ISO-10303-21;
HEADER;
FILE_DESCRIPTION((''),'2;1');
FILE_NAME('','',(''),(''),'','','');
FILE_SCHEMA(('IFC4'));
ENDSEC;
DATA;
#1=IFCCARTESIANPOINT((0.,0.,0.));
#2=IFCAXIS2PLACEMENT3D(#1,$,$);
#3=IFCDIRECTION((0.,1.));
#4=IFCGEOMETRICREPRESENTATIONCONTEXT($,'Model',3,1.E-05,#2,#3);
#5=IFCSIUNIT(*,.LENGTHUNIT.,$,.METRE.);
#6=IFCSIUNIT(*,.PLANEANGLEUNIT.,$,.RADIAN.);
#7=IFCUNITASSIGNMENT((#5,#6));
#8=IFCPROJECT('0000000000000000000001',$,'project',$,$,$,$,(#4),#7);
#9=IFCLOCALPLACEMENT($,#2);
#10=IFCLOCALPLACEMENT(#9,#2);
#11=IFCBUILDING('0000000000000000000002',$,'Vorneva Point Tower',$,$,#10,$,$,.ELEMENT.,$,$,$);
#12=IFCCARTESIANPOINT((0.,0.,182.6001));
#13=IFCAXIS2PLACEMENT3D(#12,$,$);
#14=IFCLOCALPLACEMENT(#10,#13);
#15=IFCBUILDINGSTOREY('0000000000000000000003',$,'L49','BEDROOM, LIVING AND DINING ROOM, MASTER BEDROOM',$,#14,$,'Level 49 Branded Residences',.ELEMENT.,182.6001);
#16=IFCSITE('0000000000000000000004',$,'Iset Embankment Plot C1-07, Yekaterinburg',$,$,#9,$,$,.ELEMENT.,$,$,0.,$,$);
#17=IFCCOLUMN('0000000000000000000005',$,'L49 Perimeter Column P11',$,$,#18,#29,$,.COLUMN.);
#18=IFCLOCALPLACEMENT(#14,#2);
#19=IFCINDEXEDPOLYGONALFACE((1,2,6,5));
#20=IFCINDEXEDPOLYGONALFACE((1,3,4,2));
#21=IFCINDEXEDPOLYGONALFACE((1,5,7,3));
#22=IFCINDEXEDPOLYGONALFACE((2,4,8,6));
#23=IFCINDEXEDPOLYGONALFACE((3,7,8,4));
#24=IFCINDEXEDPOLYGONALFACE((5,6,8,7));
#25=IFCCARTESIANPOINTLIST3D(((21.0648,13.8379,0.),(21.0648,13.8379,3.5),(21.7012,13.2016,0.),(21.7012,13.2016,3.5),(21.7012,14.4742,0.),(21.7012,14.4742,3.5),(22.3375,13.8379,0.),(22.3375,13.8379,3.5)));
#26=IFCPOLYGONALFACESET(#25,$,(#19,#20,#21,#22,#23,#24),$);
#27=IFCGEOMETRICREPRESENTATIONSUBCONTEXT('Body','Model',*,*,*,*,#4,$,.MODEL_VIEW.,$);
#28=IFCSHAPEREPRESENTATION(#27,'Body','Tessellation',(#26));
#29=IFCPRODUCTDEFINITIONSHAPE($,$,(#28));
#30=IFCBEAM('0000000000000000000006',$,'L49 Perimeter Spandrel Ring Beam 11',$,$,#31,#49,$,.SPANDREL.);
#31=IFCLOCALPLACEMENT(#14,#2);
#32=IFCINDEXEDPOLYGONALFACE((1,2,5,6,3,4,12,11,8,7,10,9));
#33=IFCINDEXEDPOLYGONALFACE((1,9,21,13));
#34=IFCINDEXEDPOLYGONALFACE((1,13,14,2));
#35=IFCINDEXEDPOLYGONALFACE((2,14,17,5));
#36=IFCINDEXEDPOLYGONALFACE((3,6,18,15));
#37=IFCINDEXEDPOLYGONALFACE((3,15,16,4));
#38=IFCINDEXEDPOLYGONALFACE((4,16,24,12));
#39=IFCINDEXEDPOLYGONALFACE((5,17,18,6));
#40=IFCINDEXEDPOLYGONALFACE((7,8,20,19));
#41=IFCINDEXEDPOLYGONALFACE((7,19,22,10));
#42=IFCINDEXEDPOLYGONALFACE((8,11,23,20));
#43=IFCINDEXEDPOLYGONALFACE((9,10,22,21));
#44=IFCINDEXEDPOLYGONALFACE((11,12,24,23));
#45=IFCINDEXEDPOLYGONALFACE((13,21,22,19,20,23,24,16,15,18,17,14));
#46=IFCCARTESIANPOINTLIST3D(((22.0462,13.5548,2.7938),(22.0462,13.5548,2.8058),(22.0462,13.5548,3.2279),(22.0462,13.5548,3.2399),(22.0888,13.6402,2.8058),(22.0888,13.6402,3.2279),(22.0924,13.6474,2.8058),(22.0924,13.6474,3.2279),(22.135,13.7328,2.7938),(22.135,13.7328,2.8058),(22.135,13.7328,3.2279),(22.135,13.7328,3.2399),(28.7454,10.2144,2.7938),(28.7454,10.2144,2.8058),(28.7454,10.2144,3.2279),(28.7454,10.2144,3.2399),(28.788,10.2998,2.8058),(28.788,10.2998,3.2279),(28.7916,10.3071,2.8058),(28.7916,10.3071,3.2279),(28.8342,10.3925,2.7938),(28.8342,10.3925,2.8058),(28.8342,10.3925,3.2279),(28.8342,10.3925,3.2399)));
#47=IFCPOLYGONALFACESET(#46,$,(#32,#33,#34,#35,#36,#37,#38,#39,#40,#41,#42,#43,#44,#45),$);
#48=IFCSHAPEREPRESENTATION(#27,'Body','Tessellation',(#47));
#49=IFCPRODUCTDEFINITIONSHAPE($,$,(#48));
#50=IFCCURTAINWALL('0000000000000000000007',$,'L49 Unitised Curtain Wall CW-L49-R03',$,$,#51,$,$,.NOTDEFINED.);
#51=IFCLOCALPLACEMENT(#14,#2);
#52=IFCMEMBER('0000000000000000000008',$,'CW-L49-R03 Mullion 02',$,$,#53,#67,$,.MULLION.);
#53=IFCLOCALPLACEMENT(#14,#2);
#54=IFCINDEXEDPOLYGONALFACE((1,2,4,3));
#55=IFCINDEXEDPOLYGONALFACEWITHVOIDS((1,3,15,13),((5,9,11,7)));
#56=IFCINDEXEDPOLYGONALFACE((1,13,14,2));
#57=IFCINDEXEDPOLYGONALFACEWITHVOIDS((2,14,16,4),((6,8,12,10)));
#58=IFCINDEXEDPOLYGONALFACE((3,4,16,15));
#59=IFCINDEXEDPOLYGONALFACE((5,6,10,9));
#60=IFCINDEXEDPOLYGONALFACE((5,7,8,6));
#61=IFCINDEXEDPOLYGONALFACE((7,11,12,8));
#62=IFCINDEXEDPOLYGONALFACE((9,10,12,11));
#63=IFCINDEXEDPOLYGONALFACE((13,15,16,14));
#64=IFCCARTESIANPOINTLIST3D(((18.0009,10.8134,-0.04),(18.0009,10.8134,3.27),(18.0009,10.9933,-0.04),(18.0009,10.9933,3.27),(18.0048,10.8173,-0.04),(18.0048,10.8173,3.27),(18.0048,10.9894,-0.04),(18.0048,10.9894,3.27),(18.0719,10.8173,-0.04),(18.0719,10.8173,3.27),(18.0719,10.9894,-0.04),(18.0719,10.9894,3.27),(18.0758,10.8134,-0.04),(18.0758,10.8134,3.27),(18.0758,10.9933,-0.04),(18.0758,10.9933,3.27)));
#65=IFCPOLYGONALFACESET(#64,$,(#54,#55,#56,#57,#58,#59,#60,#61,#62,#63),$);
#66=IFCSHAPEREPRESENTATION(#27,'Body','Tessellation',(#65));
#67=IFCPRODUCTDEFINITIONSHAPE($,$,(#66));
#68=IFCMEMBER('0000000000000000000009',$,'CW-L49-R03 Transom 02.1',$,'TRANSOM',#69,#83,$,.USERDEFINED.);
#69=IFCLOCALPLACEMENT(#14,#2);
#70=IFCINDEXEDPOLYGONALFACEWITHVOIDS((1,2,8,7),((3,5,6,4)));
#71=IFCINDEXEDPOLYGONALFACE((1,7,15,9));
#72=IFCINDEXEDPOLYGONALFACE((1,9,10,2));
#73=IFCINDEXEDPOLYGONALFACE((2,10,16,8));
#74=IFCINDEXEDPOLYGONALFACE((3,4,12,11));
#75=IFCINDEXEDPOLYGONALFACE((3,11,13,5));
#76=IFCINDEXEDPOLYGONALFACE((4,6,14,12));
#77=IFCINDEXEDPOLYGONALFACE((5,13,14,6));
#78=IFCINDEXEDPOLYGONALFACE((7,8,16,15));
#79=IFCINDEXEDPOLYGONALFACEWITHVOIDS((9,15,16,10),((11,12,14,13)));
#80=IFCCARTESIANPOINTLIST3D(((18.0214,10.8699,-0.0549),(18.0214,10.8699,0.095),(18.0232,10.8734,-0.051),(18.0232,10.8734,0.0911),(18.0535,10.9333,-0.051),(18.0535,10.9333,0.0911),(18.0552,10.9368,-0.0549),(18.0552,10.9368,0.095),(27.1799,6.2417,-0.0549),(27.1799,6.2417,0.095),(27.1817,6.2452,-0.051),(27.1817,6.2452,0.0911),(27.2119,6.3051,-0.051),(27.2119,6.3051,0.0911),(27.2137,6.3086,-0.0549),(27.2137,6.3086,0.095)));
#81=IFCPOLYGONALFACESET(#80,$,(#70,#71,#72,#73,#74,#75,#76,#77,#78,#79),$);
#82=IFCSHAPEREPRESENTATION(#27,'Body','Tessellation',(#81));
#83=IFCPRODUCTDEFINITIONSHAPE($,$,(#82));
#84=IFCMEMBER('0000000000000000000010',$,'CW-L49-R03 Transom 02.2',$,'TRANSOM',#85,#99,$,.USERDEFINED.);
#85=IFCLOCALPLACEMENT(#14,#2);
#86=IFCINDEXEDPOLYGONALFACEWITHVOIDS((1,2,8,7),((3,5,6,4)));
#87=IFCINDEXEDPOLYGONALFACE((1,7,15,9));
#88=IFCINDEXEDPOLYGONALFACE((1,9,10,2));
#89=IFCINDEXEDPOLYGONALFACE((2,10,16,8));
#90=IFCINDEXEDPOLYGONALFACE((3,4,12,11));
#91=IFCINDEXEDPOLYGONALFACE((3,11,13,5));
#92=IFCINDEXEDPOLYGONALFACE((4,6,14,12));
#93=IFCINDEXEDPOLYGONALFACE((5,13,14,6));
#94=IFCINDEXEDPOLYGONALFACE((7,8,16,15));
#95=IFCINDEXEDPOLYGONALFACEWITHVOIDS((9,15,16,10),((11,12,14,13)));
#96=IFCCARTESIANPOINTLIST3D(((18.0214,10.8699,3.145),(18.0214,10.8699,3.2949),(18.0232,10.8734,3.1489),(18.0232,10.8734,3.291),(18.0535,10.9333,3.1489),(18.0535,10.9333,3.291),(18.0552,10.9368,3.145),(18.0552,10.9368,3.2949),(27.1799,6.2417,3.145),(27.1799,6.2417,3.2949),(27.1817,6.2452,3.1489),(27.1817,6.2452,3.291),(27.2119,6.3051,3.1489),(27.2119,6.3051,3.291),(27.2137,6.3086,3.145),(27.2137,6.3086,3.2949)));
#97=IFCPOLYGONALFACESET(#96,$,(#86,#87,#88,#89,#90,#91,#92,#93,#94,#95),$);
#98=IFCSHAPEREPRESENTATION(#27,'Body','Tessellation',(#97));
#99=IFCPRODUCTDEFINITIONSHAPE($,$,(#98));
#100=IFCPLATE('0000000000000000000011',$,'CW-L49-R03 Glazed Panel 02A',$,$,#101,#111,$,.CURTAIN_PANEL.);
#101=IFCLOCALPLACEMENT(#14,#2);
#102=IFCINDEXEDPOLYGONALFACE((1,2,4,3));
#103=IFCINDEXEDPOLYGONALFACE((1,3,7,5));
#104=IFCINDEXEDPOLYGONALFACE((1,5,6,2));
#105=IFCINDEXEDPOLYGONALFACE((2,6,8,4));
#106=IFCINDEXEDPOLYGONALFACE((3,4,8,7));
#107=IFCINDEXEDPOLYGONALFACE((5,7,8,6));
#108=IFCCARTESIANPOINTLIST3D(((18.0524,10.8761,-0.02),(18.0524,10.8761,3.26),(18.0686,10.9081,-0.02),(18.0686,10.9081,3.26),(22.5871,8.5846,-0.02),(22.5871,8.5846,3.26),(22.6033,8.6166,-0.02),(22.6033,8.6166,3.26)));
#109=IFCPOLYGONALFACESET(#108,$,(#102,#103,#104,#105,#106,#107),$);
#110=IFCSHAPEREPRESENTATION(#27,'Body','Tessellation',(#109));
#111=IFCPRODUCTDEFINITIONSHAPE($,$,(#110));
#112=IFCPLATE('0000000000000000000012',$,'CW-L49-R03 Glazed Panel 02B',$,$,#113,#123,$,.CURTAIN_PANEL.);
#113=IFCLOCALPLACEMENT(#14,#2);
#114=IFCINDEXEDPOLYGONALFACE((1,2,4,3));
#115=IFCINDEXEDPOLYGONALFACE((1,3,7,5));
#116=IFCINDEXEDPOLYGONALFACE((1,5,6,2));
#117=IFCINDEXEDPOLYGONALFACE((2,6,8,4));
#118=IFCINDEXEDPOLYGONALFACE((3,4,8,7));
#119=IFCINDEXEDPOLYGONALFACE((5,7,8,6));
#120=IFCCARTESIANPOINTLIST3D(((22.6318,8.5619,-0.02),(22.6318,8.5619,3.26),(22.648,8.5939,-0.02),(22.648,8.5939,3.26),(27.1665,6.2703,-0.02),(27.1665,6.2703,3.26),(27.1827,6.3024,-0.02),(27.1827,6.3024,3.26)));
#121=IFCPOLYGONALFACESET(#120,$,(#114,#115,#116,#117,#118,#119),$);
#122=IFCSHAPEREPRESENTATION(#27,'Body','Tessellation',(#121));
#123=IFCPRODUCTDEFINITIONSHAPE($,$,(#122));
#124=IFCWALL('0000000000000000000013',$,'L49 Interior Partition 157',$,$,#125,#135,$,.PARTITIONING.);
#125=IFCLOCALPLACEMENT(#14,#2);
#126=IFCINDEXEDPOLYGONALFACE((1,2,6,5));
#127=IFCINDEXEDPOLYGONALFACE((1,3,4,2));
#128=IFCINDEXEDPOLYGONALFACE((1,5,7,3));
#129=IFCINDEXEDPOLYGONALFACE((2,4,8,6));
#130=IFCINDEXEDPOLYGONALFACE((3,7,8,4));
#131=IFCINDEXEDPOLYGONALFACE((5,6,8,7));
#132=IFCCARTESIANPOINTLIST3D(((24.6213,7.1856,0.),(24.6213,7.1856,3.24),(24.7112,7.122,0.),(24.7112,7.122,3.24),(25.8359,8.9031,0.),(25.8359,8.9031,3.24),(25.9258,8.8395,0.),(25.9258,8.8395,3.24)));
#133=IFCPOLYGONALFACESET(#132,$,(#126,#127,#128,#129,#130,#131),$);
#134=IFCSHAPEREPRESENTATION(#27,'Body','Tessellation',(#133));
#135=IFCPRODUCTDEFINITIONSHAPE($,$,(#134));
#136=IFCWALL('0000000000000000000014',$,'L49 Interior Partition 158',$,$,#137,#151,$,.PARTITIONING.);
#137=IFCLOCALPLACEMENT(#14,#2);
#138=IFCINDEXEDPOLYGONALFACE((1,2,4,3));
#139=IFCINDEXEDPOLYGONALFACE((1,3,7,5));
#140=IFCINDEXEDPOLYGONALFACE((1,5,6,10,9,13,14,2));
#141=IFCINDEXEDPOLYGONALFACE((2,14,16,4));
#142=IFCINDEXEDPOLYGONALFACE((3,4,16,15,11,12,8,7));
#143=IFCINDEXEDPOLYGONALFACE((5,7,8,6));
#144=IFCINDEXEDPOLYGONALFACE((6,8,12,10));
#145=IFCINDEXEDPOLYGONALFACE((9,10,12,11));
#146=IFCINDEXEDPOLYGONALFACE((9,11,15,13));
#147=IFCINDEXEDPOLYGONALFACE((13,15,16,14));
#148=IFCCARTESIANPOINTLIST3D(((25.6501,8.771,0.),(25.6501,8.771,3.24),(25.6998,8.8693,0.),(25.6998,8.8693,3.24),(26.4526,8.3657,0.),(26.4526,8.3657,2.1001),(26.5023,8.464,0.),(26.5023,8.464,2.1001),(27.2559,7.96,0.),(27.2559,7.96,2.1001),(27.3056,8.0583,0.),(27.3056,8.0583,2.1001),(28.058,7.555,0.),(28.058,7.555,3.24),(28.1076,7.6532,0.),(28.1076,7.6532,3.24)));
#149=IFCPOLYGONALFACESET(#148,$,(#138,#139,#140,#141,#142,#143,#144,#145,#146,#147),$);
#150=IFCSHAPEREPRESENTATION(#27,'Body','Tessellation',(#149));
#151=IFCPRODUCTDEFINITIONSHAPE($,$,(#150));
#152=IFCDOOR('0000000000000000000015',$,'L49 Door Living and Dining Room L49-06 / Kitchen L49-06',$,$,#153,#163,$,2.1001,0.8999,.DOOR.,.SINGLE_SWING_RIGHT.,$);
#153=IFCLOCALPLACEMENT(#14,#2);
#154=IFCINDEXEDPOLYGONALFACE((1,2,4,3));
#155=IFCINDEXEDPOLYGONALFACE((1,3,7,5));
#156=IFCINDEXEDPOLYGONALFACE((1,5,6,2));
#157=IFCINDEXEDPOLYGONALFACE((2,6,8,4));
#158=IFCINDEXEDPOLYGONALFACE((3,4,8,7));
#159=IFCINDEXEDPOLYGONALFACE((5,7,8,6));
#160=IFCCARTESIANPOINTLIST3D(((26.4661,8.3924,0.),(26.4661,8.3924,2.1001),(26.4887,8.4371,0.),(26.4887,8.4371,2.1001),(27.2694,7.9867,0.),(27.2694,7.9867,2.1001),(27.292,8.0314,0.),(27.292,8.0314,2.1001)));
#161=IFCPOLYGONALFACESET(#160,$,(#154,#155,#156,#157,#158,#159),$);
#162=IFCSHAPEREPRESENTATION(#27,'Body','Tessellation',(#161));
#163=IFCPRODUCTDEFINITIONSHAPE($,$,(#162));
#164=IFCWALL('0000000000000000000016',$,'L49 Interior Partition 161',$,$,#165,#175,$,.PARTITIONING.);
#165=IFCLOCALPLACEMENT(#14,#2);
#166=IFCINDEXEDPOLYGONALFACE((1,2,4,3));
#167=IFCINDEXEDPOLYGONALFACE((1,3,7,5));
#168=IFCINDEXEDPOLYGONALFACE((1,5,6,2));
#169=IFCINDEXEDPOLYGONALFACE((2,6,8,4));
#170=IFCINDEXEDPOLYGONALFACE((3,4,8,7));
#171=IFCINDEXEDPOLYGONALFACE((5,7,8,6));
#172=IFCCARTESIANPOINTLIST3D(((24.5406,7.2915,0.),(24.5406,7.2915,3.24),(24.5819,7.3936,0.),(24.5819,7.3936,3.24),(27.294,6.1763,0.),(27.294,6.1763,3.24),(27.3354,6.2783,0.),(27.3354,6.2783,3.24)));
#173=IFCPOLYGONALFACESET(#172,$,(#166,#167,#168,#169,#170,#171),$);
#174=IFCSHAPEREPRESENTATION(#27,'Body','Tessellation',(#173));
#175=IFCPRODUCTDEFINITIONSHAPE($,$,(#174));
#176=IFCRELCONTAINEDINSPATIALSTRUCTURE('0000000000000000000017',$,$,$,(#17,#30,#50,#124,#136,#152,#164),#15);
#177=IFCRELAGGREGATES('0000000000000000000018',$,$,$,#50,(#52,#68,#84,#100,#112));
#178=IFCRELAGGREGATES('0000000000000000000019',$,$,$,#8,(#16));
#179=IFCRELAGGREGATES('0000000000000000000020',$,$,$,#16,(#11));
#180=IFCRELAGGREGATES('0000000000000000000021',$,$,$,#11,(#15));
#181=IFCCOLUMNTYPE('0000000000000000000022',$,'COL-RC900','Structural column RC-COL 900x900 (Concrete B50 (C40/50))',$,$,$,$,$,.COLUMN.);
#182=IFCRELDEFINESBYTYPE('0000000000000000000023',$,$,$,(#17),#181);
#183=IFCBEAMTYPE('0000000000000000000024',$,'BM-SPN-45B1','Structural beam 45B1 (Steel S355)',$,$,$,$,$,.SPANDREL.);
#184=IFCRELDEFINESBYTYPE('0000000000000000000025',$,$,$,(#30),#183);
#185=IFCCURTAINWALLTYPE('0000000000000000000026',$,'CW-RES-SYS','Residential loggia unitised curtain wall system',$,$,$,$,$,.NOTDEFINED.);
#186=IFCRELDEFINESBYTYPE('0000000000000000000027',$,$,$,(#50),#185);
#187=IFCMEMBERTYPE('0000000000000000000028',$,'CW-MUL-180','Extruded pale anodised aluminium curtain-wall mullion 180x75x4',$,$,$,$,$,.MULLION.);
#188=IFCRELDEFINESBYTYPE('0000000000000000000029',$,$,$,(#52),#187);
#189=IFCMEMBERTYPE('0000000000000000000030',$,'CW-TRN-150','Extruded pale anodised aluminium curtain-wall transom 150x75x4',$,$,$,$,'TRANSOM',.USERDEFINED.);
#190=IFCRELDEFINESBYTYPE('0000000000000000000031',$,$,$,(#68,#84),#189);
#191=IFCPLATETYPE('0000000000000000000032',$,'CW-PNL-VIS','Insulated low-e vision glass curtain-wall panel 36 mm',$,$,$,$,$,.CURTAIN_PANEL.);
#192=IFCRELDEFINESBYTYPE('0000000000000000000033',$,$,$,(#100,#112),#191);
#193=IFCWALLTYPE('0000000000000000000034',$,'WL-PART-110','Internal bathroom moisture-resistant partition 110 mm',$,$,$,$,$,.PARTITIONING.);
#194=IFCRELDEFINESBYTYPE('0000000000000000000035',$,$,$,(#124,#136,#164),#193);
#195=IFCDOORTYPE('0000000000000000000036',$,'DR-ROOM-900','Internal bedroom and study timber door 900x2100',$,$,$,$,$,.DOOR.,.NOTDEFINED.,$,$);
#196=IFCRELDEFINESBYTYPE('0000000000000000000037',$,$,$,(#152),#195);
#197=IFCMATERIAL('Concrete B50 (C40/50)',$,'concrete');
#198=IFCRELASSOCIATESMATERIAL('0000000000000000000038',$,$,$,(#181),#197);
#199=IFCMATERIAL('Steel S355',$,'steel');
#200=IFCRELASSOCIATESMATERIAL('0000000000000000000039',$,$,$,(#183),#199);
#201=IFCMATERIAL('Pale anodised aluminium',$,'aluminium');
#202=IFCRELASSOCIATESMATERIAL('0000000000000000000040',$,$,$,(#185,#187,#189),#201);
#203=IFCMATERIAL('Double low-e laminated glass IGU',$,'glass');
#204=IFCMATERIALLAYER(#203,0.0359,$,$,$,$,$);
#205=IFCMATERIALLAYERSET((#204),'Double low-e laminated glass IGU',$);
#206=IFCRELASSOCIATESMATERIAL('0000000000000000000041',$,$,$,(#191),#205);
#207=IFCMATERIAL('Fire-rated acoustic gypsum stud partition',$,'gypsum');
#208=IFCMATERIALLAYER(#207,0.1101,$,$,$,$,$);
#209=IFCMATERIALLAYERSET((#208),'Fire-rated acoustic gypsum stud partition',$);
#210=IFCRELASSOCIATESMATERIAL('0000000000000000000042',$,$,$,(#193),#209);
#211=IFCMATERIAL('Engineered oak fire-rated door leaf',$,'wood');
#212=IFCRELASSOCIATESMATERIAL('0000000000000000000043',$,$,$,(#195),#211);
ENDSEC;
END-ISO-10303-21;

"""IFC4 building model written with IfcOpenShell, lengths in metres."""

from ifc_helpers import new_model, si_unit, direction, frame, frame_2d, origin, origin_2d, place, context, subcontext, project, spatial, rectangle, hollow_rectangle, i_section, extrude, material, layer, layer_set, material_profile, profile_set, type_object, element, fill, aggregate, save


model = new_model("IFC4")

# Units and contexts
model_context = context("Model", 3, precision=1e-05, world=origin(), true_north=direction((0.0, 1.0)))
body_context = subcontext(model_context, "Body", "Model", "MODEL_VIEW")
ifc_project = project(units=[si_unit("LENGTHUNIT", "METRE"), si_unit("PLANEANGLEUNIT", "RADIAN")], contexts=[model_context])

# Site, building, storey
site_placement = place(None, origin())
site = spatial("IfcSite", under=ifc_project, at=site_placement, Name="Iset Embankment Plot C1-07, Yekaterinburg", CompositionType="ELEMENT", RefElevation=0.0)
building_placement = place(site_placement, origin())
building = spatial("IfcBuilding", under=site, at=building_placement, Name="Vorneva Point Tower", CompositionType="ELEMENT")
storey_placement = place(building_placement, frame((0.0, 0.0, 182.6001)))
storey = spatial("IfcBuildingStorey", under=building, at=storey_placement, Name="L49", Description="BEDROOM, LIVING AND DINING ROOM, MASTER BEDROOM", LongName="Level 49 Branded Residences", CompositionType="ELEMENT", Elevation=182.6001)

# Column
ifc_material_1 = material(Name="Concrete B50 (C40/50)", Category="concrete")
ifc_material_profile_1 = material_profile(ifc_material_1, rectangle(XDim=0.8999, YDim=0.8999, at=origin_2d()), Name="RC-COL 900x900")
ifc_profile_set_1 = profile_set([ifc_material_profile_1], Name="Concrete B50 (C40/50)")
column_type = type_object("IfcColumnType", Name="COL-RC900", Description="Structural column RC-COL 900x900 (Concrete B50 (C40/50))", PredefinedType="COLUMN", material=ifc_profile_set_1)
column_placement = place(storey_placement, frame((21.7012, 13.8379, 0.0), z_axis=(0.0, 0.0, 1.0), x_axis=(-0.707107, -0.707107, 0.0)))
element("IfcColumn", 1, at=column_placement, inside=storey, type_object=column_type, Name="L49 Perimeter Column P11", PredefinedType="COLUMN", context=body_context, shape_type="SweptSolid", body=[
    extrude(rectangle(XDim=0.8999, YDim=0.8999, at=origin_2d()), origin(), (0.0, 0.0, 1.0), 3.5),
])

# Beam
ifc_material_2 = material(Name="Steel S355", Category="steel")
ifc_material_profile_2 = material_profile(ifc_material_2, i_section(OverallWidth=0.199, OverallDepth=0.446, WebThickness=0.0081, FlangeThickness=0.012, at=origin_2d()), Name="45B1")
ifc_profile_set_2 = profile_set([ifc_material_profile_2], Name="Steel S355")
beam_type = type_object("IfcBeamType", Name="BM-SPN-45B1", Description="Structural beam 45B1 (Steel S355)", PredefinedType="SPANDREL", material=ifc_profile_set_2)
beam_placement = place(storey_placement, frame((22.0906, 13.6438, 3.0168), z_axis=(0.894922, -0.446222, 0.0), x_axis=(0.446222, 0.894922, 0.0)))
element("IfcBeam", 2, at=beam_placement, inside=storey, type_object=beam_type, Name="L49 Perimeter Spandrel Ring Beam 11", PredefinedType="SPANDREL", context=body_context, shape_type="SweptSolid", body=[
    extrude(i_section(OverallWidth=0.199, OverallDepth=0.446, WebThickness=0.0081, FlangeThickness=0.012, at=origin_2d()), origin(), (0.0, 0.0, 1.0), 7.4858),
])

# Curtain wall, members, plates
ifc_material_3 = material(Name="Pale anodised aluminium", Category="aluminium")
curtain_wall_type = type_object("IfcCurtainWallType", Name="CW-RES-SYS", Description="Residential loggia unitised curtain wall system", PredefinedType="NOTDEFINED", material=ifc_material_3)
curtain_wall_placement = place(storey_placement, origin())
curtain_wall = element("IfcCurtainWall", 3, at=curtain_wall_placement, inside=storey, type_object=curtain_wall_type, Name="L49 Unitised Curtain Wall CW-L49-R03", PredefinedType="NOTDEFINED")
ifc_material_profile_3 = material_profile(ifc_material_3, hollow_rectangle(XDim=0.075, YDim=0.1799, WallThickness=0.0039, at=origin_2d()), Name="AL-MUL 180x75x4")
ifc_profile_set_3 = profile_set([ifc_material_profile_3], Name="Pale anodised aluminium")
member_type_1 = type_object("IfcMemberType", Name="CW-MUL-180", Description="Extruded pale anodised aluminium curtain-wall mullion 180x75x4", PredefinedType="MULLION", material=ifc_profile_set_3)
member_1_placement = place(storey_placement, frame((18.0383, 10.9033, -0.04), z_axis=(0.0, 0.0, 1.0), x_axis=(1.0, 0.0, 0.0)))
member_1 = element("IfcMember", 4, at=member_1_placement, type_object=member_type_1, Name="CW-L49-R03 Mullion 02", PredefinedType="MULLION", context=body_context, shape_type="SweptSolid", body=[
    extrude(hollow_rectangle(XDim=0.075, YDim=0.1799, WallThickness=0.0039, at=origin_2d()), origin(), (0.0, 0.0, 1.0), 3.3101),
])
ifc_material_profile_4 = material_profile(ifc_material_3, hollow_rectangle(XDim=0.075, YDim=0.1499, WallThickness=0.0039, at=origin_2d()), Name="AL-TRN 150x75x4")
ifc_profile_set_4 = profile_set([ifc_material_profile_4], Name="Pale anodised aluminium")
member_type_2 = type_object("IfcMemberType", Name="CW-TRN-150", Description="Extruded pale anodised aluminium curtain-wall transom 150x75x4", ElementType="TRANSOM", PredefinedType="USERDEFINED", material=ifc_profile_set_4)
member_2_placement = place(storey_placement, frame((18.0383, 10.9033, 0.02), z_axis=(0.892511, -0.451026, 0.0), x_axis=(0.451026, 0.892511, 0.0)))
member_2 = element("IfcMember", 5, at=member_2_placement, type_object=member_type_2, Name="CW-L49-R03 Transom 02.1", ObjectType="TRANSOM", PredefinedType="USERDEFINED", context=body_context, shape_type="SweptSolid", body=[
    extrude(hollow_rectangle(XDim=0.075, YDim=0.1499, WallThickness=0.0039, at=origin_2d()), origin(), (0.0, 0.0, 1.0), 10.2615),
])
member_3_placement = place(storey_placement, frame((18.0383, 10.9033, 3.22), z_axis=(0.892511, -0.451026, 0.0), x_axis=(0.451026, 0.892511, 0.0)))
member_3 = element("IfcMember", 6, at=member_3_placement, type_object=member_type_2, Name="CW-L49-R03 Transom 02.2", ObjectType="TRANSOM", PredefinedType="USERDEFINED", context=body_context, shape_type="SweptSolid", body=[
    extrude(hollow_rectangle(XDim=0.075, YDim=0.1499, WallThickness=0.0039, at=origin_2d()), origin(), (0.0, 0.0, 1.0), 10.2615),
])
ifc_material_4 = material(Name="Double low-e laminated glass IGU", Category="glass")
ifc_layer_1 = layer(ifc_material_4, 0.0359)
ifc_layer_set_1 = layer_set([ifc_layer_1], Name="Double low-e laminated glass IGU")
plate_type = type_object("IfcPlateType", Name="CW-PNL-VIS", Description="Insulated low-e vision glass curtain-wall panel 36 mm", PredefinedType="CURTAIN_PANEL", material=ifc_layer_set_1)
plate_1_placement = place(storey_placement, frame((20.3279, 9.7463, -0.02), z_axis=(0.0, 0.0, 1.0), x_axis=(0.892515, -0.451018, 0.0)))
plate_1 = element("IfcPlate", 7, at=plate_1_placement, type_object=plate_type, Name="CW-L49-R03 Glazed Panel 02A", PredefinedType="CURTAIN_PANEL", context=body_context, shape_type="SweptSolid", body=[
    extrude(rectangle(XDim=5.0808, YDim=0.0359, at=origin_2d()), origin(), (0.0, 0.0, 1.0), 3.28),
])
plate_2_placement = place(storey_placement, frame((24.9072, 7.4321, -0.02), z_axis=(0.0, 0.0, 1.0), x_axis=(0.892515, -0.451018, 0.0)))
plate_2 = element("IfcPlate", 8, at=plate_2_placement, type_object=plate_type, Name="CW-L49-R03 Glazed Panel 02B", PredefinedType="CURTAIN_PANEL", context=body_context, shape_type="SweptSolid", body=[
    extrude(rectangle(XDim=5.0808, YDim=0.0359, at=origin_2d()), origin(), (0.0, 0.0, 1.0), 3.28),
])
aggregate(curtain_wall, [member_1, member_2, member_3, plate_1, plate_2])

# Wall
ifc_material_5 = material(Name="Fire-rated acoustic gypsum stud partition", Category="gypsum")
ifc_layer_2 = layer(ifc_material_5, 0.1101)
ifc_layer_set_2 = layer_set([ifc_layer_2], Name="Fire-rated acoustic gypsum stud partition")
wall_type_1 = type_object("IfcWallType", Name="WL-PART-110", Description="Internal bathroom moisture-resistant partition 110 mm", PredefinedType="PARTITIONING", material=ifc_layer_set_2)
wall_1_placement = place(storey_placement, frame((24.6663, 7.1538, 0.0), z_axis=(0.0, 0.0, 1.0), x_axis=(0.577389, 0.816469, 0.0)))
element("IfcWall", 9, at=wall_1_placement, inside=storey, type_object=wall_type_1, Name="L49 Interior Partition 157", PredefinedType="PARTITIONING", context=body_context, shape_type="SweptSolid", body=[
    extrude(rectangle(XDim=2.1035, YDim=0.1101, at=frame_2d((1.0518, 0.0))), origin(), (0.0, 0.0, 1.0), 3.24),
])

# Wall, opening, door
wall_2_placement = place(storey_placement, frame((25.675, 8.8201, 0.0), z_axis=(0.0, 0.0, 1.0), x_axis=(0.892628, -0.450794, 0.0)))
wall_2 = element("IfcWall", 10, at=wall_2_placement, inside=storey, type_object=wall_type_1, Name="L49 Interior Partition 158", PredefinedType="PARTITIONING", context=body_context, shape_type="SweptSolid", body=[
    extrude(rectangle(XDim=2.6975, YDim=0.1101, at=frame_2d((1.3486, 0.0))), origin(), (0.0, 0.0, 1.0), 3.24),
])
opening_1_placement = place(wall_2_placement, frame((0.8989, 0.0, 0.0)))
opening_1 = element("IfcOpeningElement", 11, at=opening_1_placement, cuts=wall_2, PredefinedType="OPENING", context=body_context, shape_type="SweptSolid", body=[
    extrude(rectangle(XDim=0.8999, YDim=2.1001, at=frame_2d((0.45, 1.05))), frame((0.0, 0.0698, 0.0), z_axis=(0.0, -1.0, 0.0), x_axis=(1.0, 0.0, 0.0)), (0.0, 0.0, 1.0), 0.1399),
])
ifc_material_6 = material(Name="Engineered oak fire-rated door leaf", Category="wood")
door_type_1 = type_object("IfcDoorType", Name="DR-ROOM-900", Description="Internal bedroom and study timber door 900x2100", OperationType="NOTDEFINED", PredefinedType="DOOR", material=ifc_material_6)
door_1_placement = place(opening_1_placement, origin())
door_1 = element("IfcDoor", 12, at=door_1_placement, inside=storey, type_object=door_type_1, Name="L49 Door Living and Dining Room L49-06 / Kitchen L49-06", OperationType="SINGLE_SWING_RIGHT", OverallHeight=2.1001, OverallWidth=0.8999, PredefinedType="DOOR", context=body_context, shape_type="SweptSolid", body=[
    extrude(rectangle(XDim=0.8999, YDim=2.1001, at=frame_2d((0.45, 1.05))), frame((0.0, 0.0249, 0.0), z_axis=(0.0, -1.0, 0.0), x_axis=(1.0, 0.0, 0.0)), (0.0, 0.0, 1.0), 0.05),
])
fill(opening_1, door_1)

# Wall
wall_3_placement = place(storey_placement, frame((24.5613, 7.3425, 0.0), z_axis=(0.0, 0.0, 1.0), x_axis=(0.926858, -0.375411, 0.0)))
element("IfcWall", 13, at=wall_3_placement, inside=storey, type_object=wall_type_1, Name="L49 Interior Partition 161", PredefinedType="PARTITIONING", context=body_context, shape_type="SweptSolid", body=[
    extrude(rectangle(XDim=2.9707, YDim=0.1101, at=frame_2d((1.4854, 0.0))), origin(), (0.0, 0.0, 1.0), 3.24),
])

save(model, "model.ifc")
